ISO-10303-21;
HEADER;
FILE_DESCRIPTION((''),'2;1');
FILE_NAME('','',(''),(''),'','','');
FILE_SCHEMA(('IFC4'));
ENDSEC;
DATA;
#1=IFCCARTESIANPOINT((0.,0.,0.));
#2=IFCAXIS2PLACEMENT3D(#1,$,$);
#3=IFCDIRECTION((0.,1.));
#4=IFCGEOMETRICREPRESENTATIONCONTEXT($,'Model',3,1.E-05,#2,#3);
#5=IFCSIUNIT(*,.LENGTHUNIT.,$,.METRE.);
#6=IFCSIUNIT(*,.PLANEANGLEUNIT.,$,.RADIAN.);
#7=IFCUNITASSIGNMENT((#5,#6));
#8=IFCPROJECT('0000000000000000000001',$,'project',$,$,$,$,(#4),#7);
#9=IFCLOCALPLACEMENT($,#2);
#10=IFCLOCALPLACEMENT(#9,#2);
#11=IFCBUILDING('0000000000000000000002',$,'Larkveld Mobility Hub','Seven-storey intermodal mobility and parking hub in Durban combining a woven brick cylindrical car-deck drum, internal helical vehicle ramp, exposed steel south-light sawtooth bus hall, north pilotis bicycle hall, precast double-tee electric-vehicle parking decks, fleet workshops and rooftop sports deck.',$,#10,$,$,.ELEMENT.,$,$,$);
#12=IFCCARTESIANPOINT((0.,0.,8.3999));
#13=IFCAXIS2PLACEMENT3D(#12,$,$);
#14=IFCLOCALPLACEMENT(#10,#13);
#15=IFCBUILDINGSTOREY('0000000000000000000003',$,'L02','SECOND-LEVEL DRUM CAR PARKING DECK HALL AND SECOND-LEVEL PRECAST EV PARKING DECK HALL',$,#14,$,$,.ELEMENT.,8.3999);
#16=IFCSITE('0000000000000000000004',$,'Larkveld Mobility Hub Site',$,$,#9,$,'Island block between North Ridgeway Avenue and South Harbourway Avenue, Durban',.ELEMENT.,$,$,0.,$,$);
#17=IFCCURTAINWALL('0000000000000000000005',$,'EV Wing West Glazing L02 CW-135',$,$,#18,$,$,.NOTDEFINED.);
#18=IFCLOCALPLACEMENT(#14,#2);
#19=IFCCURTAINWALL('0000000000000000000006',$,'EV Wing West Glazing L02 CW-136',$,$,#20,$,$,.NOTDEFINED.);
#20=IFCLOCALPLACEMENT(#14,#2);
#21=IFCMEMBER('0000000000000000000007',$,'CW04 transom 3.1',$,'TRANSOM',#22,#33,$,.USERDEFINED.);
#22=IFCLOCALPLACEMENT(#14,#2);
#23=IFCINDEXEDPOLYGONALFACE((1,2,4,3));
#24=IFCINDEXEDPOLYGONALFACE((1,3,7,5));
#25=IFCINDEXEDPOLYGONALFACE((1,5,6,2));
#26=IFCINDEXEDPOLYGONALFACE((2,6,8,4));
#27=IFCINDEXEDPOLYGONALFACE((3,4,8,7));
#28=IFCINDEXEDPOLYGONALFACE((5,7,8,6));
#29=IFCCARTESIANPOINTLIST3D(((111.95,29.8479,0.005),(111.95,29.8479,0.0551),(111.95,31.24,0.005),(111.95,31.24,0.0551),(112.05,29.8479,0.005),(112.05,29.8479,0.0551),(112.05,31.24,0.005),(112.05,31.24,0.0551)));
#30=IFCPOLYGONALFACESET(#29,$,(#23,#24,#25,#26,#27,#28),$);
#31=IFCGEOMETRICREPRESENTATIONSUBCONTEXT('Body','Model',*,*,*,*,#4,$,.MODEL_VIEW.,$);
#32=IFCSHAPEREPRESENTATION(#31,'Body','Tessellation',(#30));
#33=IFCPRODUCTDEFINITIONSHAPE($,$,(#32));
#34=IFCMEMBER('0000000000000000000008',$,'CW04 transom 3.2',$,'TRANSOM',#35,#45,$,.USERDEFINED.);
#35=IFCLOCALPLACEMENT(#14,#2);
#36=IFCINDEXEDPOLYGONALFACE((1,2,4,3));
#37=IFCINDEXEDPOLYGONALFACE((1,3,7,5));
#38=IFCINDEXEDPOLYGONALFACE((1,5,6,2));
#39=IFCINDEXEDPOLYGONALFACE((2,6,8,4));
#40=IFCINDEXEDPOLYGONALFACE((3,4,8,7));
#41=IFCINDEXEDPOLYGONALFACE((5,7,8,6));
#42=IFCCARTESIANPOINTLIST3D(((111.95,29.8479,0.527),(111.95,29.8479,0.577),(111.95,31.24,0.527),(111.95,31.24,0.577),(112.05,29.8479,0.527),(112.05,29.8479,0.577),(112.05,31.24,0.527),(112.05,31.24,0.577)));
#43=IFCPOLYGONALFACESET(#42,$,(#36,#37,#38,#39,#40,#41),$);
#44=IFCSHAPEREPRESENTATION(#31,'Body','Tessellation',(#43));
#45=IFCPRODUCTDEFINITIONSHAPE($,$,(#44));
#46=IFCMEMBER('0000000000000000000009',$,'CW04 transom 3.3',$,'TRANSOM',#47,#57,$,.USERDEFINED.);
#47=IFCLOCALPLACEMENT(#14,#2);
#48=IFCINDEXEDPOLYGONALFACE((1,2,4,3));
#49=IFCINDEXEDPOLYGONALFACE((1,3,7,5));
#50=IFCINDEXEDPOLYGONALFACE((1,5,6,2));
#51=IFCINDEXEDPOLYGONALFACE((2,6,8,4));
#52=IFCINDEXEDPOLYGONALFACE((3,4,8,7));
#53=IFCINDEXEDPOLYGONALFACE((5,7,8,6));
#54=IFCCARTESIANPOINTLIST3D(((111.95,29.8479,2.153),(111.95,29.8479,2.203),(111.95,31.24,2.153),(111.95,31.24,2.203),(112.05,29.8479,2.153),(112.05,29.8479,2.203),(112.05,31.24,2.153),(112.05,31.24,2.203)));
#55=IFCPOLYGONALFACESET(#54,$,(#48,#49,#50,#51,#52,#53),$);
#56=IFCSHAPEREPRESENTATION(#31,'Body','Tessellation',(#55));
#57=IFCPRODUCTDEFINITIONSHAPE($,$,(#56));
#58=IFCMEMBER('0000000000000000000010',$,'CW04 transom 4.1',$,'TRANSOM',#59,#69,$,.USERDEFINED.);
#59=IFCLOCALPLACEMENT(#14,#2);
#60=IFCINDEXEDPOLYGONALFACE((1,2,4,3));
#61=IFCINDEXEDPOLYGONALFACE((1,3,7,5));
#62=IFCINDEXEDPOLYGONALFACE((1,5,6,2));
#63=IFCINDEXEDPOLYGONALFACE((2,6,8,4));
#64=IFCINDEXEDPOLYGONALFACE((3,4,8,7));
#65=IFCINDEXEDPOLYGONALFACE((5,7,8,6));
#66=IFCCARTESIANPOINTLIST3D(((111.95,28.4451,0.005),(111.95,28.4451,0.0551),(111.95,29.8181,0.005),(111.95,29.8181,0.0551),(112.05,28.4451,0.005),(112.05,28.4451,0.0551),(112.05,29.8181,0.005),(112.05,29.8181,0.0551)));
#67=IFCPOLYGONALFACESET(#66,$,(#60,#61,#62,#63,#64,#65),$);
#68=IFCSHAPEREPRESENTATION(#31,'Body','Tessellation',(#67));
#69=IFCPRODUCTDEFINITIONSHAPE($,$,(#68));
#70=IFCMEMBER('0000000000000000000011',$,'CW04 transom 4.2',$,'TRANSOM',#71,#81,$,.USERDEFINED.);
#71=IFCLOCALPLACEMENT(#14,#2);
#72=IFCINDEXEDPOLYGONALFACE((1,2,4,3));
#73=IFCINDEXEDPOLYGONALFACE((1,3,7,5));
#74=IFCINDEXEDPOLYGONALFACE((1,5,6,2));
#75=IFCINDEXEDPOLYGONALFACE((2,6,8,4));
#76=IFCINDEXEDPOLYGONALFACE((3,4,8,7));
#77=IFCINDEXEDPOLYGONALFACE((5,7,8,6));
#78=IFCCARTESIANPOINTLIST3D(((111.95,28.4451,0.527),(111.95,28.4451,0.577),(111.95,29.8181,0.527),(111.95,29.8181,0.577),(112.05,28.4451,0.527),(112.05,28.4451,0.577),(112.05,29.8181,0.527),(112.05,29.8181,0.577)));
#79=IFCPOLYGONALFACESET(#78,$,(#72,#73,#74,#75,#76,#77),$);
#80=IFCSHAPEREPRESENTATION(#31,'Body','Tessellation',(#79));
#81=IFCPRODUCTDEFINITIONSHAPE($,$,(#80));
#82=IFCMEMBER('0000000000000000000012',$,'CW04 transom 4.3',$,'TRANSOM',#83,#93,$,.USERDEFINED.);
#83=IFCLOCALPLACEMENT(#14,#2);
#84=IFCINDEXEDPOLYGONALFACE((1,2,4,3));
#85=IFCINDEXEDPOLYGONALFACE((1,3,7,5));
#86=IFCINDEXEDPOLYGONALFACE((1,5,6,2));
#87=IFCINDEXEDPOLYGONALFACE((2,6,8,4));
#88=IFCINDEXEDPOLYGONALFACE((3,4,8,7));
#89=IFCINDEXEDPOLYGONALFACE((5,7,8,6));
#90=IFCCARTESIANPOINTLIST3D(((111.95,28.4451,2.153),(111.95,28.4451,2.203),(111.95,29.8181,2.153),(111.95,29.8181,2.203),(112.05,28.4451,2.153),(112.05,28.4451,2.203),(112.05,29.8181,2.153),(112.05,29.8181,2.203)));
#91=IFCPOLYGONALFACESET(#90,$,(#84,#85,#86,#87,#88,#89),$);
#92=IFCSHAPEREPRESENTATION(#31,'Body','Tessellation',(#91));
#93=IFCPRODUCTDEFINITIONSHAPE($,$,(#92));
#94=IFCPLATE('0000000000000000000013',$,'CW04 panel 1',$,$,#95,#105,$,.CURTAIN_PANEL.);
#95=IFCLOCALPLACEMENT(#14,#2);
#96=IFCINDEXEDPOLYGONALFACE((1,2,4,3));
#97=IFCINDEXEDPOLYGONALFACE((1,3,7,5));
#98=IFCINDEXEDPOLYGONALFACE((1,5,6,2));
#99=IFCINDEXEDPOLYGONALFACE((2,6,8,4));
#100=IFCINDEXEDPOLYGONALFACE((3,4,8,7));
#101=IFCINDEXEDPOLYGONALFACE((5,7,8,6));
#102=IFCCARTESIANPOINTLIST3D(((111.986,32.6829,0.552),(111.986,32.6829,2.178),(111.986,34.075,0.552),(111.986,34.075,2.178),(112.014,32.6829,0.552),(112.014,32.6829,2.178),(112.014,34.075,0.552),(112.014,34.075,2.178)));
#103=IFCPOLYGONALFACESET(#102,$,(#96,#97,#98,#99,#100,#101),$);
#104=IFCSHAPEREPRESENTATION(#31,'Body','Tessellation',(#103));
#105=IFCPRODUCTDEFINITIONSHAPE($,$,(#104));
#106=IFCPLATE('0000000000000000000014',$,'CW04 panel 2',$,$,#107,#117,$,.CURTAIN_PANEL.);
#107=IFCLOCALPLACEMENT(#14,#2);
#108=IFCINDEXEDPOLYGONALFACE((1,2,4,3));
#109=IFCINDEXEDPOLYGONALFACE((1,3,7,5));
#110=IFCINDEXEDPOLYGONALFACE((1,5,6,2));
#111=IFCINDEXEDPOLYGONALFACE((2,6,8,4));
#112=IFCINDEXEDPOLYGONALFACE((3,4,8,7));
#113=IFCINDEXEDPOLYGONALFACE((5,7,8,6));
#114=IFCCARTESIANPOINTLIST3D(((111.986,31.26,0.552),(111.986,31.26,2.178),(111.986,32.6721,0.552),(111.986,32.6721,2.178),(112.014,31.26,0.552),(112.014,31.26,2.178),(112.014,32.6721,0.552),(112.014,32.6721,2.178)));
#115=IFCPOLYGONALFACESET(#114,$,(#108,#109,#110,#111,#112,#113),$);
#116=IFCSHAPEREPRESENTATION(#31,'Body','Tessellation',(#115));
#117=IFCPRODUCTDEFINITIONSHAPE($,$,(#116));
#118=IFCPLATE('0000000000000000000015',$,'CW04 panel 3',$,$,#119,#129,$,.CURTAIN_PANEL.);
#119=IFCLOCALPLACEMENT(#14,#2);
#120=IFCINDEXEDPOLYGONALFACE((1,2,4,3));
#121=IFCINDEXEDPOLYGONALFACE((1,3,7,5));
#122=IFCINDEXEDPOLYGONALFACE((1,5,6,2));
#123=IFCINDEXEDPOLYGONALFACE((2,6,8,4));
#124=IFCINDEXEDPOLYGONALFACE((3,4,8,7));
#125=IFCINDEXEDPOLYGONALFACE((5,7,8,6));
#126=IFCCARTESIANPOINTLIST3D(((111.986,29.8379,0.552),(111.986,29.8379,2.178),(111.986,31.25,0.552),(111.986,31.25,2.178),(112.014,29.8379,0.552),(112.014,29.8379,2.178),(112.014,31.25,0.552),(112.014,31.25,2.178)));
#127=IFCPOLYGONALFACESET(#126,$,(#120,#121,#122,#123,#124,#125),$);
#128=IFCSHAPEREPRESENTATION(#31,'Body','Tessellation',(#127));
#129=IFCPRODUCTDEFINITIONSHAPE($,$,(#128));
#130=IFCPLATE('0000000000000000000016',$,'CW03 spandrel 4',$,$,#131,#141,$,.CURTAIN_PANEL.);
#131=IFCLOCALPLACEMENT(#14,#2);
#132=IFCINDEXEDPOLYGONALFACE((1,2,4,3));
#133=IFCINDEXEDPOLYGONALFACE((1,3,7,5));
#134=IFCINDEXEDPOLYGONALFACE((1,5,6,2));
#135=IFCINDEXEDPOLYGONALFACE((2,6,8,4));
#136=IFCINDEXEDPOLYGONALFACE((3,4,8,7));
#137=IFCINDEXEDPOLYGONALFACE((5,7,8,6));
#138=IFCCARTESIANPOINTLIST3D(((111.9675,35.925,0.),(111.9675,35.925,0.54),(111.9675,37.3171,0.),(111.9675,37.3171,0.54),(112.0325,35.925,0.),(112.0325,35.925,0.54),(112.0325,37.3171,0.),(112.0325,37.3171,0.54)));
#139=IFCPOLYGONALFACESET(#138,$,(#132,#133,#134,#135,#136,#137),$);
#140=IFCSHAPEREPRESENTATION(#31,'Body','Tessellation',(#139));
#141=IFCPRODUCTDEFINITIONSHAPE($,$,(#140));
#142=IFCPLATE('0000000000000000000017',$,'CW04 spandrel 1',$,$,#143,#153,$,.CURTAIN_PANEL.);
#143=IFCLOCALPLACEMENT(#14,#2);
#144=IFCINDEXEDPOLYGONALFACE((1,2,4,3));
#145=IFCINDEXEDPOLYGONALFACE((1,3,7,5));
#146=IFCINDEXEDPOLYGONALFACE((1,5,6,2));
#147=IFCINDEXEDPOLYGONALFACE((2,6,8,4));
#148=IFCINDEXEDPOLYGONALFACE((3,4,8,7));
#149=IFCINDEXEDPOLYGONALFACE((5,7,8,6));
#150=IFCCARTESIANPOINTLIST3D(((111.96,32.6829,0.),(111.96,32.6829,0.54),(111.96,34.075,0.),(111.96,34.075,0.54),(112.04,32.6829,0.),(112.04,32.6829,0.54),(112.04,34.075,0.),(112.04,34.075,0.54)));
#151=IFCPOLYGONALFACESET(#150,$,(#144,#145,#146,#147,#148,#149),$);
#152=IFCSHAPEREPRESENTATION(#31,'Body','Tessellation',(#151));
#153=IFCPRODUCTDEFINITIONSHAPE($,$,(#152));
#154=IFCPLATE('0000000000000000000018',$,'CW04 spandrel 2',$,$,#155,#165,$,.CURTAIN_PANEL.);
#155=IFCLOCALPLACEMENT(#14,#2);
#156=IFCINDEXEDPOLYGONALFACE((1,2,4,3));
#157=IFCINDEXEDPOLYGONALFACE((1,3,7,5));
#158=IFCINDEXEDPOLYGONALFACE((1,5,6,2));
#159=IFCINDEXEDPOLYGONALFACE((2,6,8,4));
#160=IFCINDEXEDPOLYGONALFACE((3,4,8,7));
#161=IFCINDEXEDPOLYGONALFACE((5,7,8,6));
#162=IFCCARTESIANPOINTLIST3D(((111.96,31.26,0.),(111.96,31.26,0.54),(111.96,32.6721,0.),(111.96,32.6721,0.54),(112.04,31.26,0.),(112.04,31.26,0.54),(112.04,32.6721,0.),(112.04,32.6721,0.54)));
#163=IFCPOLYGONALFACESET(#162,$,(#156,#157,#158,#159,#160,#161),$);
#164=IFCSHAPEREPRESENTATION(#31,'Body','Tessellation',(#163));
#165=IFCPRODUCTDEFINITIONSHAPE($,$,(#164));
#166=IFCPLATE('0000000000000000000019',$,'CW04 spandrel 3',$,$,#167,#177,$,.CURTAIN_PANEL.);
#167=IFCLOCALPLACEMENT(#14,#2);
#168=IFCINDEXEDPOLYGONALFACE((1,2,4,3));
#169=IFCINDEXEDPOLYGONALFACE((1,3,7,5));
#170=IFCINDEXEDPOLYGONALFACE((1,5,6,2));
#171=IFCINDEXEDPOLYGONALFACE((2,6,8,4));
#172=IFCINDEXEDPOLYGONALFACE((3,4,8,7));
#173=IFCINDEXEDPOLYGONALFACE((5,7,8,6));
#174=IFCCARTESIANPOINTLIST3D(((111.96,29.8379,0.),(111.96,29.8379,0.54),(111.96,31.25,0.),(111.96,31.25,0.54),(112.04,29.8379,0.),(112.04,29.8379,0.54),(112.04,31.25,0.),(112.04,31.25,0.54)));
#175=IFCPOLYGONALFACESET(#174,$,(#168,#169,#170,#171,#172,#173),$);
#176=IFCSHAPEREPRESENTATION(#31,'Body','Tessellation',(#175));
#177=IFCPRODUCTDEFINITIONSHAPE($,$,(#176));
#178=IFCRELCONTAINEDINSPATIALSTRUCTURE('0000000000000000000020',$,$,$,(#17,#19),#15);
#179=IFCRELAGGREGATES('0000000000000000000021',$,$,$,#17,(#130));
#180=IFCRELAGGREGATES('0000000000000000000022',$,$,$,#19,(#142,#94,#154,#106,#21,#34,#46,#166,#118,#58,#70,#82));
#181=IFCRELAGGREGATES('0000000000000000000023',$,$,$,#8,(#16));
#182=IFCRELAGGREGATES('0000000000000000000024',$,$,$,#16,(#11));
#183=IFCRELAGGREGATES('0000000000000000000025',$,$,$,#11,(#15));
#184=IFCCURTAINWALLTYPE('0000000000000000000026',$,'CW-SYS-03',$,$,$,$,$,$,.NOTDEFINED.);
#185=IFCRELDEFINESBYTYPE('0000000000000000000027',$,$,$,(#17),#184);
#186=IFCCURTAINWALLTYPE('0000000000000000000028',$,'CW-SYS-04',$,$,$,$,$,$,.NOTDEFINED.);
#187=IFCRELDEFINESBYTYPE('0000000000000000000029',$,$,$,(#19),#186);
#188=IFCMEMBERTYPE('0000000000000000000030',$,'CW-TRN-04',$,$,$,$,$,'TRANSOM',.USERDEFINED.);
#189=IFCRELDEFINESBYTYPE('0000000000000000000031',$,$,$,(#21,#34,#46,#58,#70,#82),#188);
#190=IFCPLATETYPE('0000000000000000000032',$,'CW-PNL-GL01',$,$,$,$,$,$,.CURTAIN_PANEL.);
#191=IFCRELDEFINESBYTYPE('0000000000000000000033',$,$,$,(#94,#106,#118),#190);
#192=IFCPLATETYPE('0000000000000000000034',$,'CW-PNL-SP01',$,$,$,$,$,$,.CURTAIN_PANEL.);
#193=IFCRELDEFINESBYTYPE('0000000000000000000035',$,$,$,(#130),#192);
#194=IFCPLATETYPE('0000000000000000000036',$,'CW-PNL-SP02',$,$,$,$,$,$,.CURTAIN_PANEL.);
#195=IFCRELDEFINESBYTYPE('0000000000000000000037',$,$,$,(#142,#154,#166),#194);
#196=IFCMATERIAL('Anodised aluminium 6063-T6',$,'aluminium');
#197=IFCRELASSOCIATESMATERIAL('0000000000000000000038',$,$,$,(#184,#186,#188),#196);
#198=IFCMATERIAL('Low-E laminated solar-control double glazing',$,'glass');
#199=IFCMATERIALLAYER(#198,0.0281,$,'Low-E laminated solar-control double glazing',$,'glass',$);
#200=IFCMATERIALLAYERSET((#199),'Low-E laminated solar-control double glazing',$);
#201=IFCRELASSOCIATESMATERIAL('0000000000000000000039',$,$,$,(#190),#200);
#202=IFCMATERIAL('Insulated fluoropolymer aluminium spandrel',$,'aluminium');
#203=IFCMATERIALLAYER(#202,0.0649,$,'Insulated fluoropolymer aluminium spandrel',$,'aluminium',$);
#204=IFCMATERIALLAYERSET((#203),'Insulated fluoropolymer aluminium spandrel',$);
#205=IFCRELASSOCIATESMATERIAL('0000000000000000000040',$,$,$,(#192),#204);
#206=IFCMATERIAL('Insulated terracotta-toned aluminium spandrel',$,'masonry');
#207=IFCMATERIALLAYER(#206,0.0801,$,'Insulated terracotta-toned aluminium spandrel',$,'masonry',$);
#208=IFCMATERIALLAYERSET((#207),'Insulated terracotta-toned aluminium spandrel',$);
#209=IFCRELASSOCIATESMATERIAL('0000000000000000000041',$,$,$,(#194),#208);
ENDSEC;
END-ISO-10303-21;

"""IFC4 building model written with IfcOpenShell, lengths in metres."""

from ifc_helpers import new_model, si_unit, direction, frame, origin, origin_2d, place, context, subcontext, project, spatial, rectangle, extrude, material, layer, layer_set, material_profile, profile_set, type_object, element, aggregate, save


model = new_model("IFC4")

# Units and contexts
model_context = context("Model", 3, precision=1e-05, world=origin(), true_north=direction((0.0, 1.0)))
body_context = subcontext(model_context, "Body", "Model", "MODEL_VIEW")
ifc_project = project(units=[si_unit("LENGTHUNIT", "METRE"), si_unit("PLANEANGLEUNIT", "RADIAN")], contexts=[model_context])

# Site, building, storey
site_placement = place(None, origin())
site = spatial("IfcSite", under=ifc_project, at=site_placement, Name="Larkveld Mobility Hub Site", LongName="Island block between North Ridgeway Avenue and South Harbourway Avenue, Durban", CompositionType="ELEMENT", RefElevation=0.0)
building_placement = place(site_placement, origin())
building = spatial("IfcBuilding", under=site, at=building_placement, Name="Larkveld Mobility Hub", Description="Seven-storey intermodal mobility and parking hub in Durban combining a woven brick cylindrical car-deck drum, internal helical vehicle ramp, exposed steel south-light sawtooth bus hall, north pilotis bicycle hall, precast double-tee electric-vehicle parking decks, fleet workshops and rooftop sports deck.", CompositionType="ELEMENT")
storey_placement = place(building_placement, frame((0.0, 0.0, 8.3999)))
storey = spatial("IfcBuildingStorey", under=building, at=storey_placement, Name="L02", Description="SECOND-LEVEL DRUM CAR PARKING DECK HALL AND SECOND-LEVEL PRECAST EV PARKING DECK HALL", CompositionType="ELEMENT", Elevation=8.3999)

# Curtain wall
ifc_material_1 = material(Name="Anodised aluminium 6063-T6", Category="aluminium")
curtain_wall_type_1 = type_object("IfcCurtainWallType", Name="CW-SYS-03", PredefinedType="NOTDEFINED", material=ifc_material_1)
curtain_wall_1_placement = place(storey_placement, origin())
curtain_wall_1 = element("IfcCurtainWall", 1, at=curtain_wall_1_placement, inside=storey, type_object=curtain_wall_type_1, Name="EV Wing West Glazing L02 CW-135", PredefinedType="NOTDEFINED")

# Curtain wall, members, plates
curtain_wall_type_2 = type_object("IfcCurtainWallType", Name="CW-SYS-04", PredefinedType="NOTDEFINED", material=ifc_material_1)
curtain_wall_2_placement = place(storey_placement, origin())
curtain_wall_2 = element("IfcCurtainWall", 2, at=curtain_wall_2_placement, inside=storey, type_object=curtain_wall_type_2, Name="EV Wing West Glazing L02 CW-136", PredefinedType="NOTDEFINED")
ifc_material_profile_1 = material_profile(ifc_material_1, rectangle(XDim=0.1001, YDim=0.05, at=origin_2d()), Name="ALU TRAN 50x100")
ifc_profile_set_1 = profile_set([ifc_material_profile_1], Name="Anodised aluminium 6063-T6")
member_type_1 = type_object("IfcMemberType", Name="CW-TRN-04", ElementType="TRANSOM", PredefinedType="USERDEFINED", material=ifc_profile_set_1)
member_1_placement = place(storey_placement, frame((112.0, 31.24, 0.03), z_axis=(0.0, -1.0, 0.0), x_axis=(1.0, 0.0, 0.0)))
member_1 = element("IfcMember", 3, at=member_1_placement, type_object=member_type_1, Name="CW04 transom 3.1", ObjectType="TRANSOM", PredefinedType="USERDEFINED", context=body_context, shape_type="SweptSolid", body=[
    extrude(rectangle(XDim=0.1001, YDim=0.05, at=origin_2d()), origin(), (0.0, 0.0, 1.0), 1.3921),
])
member_2_placement = place(storey_placement, frame((112.0, 31.24, 0.552), z_axis=(0.0, -1.0, 0.0), x_axis=(1.0, 0.0, 0.0)))
member_2 = element("IfcMember", 4, at=member_2_placement, type_object=member_type_1, Name="CW04 transom 3.2", ObjectType="TRANSOM", PredefinedType="USERDEFINED", context=body_context, shape_type="SweptSolid", body=[
    extrude(rectangle(XDim=0.1001, YDim=0.05, at=origin_2d()), origin(), (0.0, 0.0, 1.0), 1.3921),
])
member_3_placement = place(storey_placement, frame((112.0, 31.24, 2.178), z_axis=(0.0, -1.0, 0.0), x_axis=(1.0, 0.0, 0.0)))
member_3 = element("IfcMember", 5, at=member_3_placement, type_object=member_type_1, Name="CW04 transom 3.3", ObjectType="TRANSOM", PredefinedType="USERDEFINED", context=body_context, shape_type="SweptSolid", body=[
    extrude(rectangle(XDim=0.1001, YDim=0.05, at=origin_2d()), origin(), (0.0, 0.0, 1.0), 1.3921),
])
member_4_placement = place(storey_placement, frame((112.0, 29.8181, 0.03), z_axis=(0.0, -1.0, 0.0), x_axis=(1.0, 0.0, 0.0)))
member_4 = element("IfcMember", 6, at=member_4_placement, type_object=member_type_1, Name="CW04 transom 4.1", ObjectType="TRANSOM", PredefinedType="USERDEFINED", context=body_context, shape_type="SweptSolid", body=[
    extrude(rectangle(XDim=0.1001, YDim=0.05, at=origin_2d()), origin(), (0.0, 0.0, 1.0), 1.373),
])
member_5_placement = place(storey_placement, frame((112.0, 29.8181, 0.552), z_axis=(0.0, -1.0, 0.0), x_axis=(1.0, 0.0, 0.0)))
member_5 = element("IfcMember", 7, at=member_5_placement, type_object=member_type_1, Name="CW04 transom 4.2", ObjectType="TRANSOM", PredefinedType="USERDEFINED", context=body_context, shape_type="SweptSolid", body=[
    extrude(rectangle(XDim=0.1001, YDim=0.05, at=origin_2d()), origin(), (0.0, 0.0, 1.0), 1.373),
])
member_6_placement = place(storey_placement, frame((112.0, 29.8181, 2.178), z_axis=(0.0, -1.0, 0.0), x_axis=(1.0, 0.0, 0.0)))
member_6 = element("IfcMember", 8, at=member_6_placement, type_object=member_type_1, Name="CW04 transom 4.3", ObjectType="TRANSOM", PredefinedType="USERDEFINED", context=body_context, shape_type="SweptSolid", body=[
    extrude(rectangle(XDim=0.1001, YDim=0.05, at=origin_2d()), origin(), (0.0, 0.0, 1.0), 1.373),
])
ifc_material_2 = material(Name="Low-E laminated solar-control double glazing", Category="glass")
ifc_layer_1 = layer(ifc_material_2, 0.0281, Name="Low-E laminated solar-control double glazing", Category="glass")
ifc_layer_set_1 = layer_set([ifc_layer_1], Name="Low-E laminated solar-control double glazing")
plate_type_1 = type_object("IfcPlateType", Name="CW-PNL-GL01", PredefinedType="CURTAIN_PANEL", material=ifc_layer_set_1)
plate_1_placement = place(storey_placement, frame((112.0, 33.3789, 0.552), z_axis=(0.0, 0.0, 1.0), x_axis=(0.0, -1.0, 0.0)))
plate_1 = element("IfcPlate", 9, at=plate_1_placement, type_object=plate_type_1, Name="CW04 panel 1", PredefinedType="CURTAIN_PANEL", context=body_context, shape_type="SweptSolid", body=[
    extrude(rectangle(XDim=1.3921, YDim=0.0281, at=origin_2d()), origin(), (0.0, 0.0, 1.0), 1.626),
])
plate_2_placement = place(storey_placement, frame((112.0, 31.9661, 0.552), z_axis=(0.0, 0.0, 1.0), x_axis=(0.0, -1.0, 0.0)))
plate_2 = element("IfcPlate", 10, at=plate_2_placement, type_object=plate_type_1, Name="CW04 panel 2", PredefinedType="CURTAIN_PANEL", context=body_context, shape_type="SweptSolid", body=[
    extrude(rectangle(XDim=1.4121, YDim=0.0281, at=origin_2d()), origin(), (0.0, 0.0, 1.0), 1.626),
])
plate_3_placement = place(storey_placement, frame((112.0, 30.5439, 0.552), z_axis=(0.0, 0.0, 1.0), x_axis=(0.0, -1.0, 0.0)))
plate_3 = element("IfcPlate", 11, at=plate_3_placement, type_object=plate_type_1, Name="CW04 panel 3", PredefinedType="CURTAIN_PANEL", context=body_context, shape_type="SweptSolid", body=[
    extrude(rectangle(XDim=1.4121, YDim=0.0281, at=origin_2d()), origin(), (0.0, 0.0, 1.0), 1.626),
])

# Plates
ifc_material_3 = material(Name="Insulated fluoropolymer aluminium spandrel", Category="aluminium")
ifc_layer_2 = layer(ifc_material_3, 0.0649, Name="Insulated fluoropolymer aluminium spandrel", Category="aluminium")
ifc_layer_set_2 = layer_set([ifc_layer_2], Name="Insulated fluoropolymer aluminium spandrel")
plate_type_2 = type_object("IfcPlateType", Name="CW-PNL-SP01", PredefinedType="CURTAIN_PANEL", material=ifc_layer_set_2)
plate_4_placement = place(storey_placement, frame((112.0, 36.6211, 0.0), z_axis=(0.0, 0.0, 1.0), x_axis=(0.0, -1.0, 0.0)))
plate_4 = element("IfcPlate", 12, at=plate_4_placement, type_object=plate_type_2, Name="CW03 spandrel 4", PredefinedType="CURTAIN_PANEL", context=body_context, shape_type="SweptSolid", body=[
    extrude(rectangle(XDim=1.3921, YDim=0.0649, at=origin_2d()), origin(), (0.0, 0.0, 1.0), 0.54),
])
aggregate(curtain_wall_1, [plate_4])
ifc_material_4 = material(Name="Insulated terracotta-toned aluminium spandrel", Category="masonry")
ifc_layer_3 = layer(ifc_material_4, 0.0801, Name="Insulated terracotta-toned aluminium spandrel", Category="masonry")
ifc_layer_set_3 = layer_set([ifc_layer_3], Name="Insulated terracotta-toned aluminium spandrel")
plate_type_3 = type_object("IfcPlateType", Name="CW-PNL-SP02", PredefinedType="CURTAIN_PANEL", material=ifc_layer_set_3)
plate_5_placement = place(storey_placement, frame((112.0, 33.3789, 0.0), z_axis=(0.0, 0.0, 1.0), x_axis=(0.0, -1.0, 0.0)))
plate_5 = element("IfcPlate", 13, at=plate_5_placement, type_object=plate_type_3, Name="CW04 spandrel 1", PredefinedType="CURTAIN_PANEL", context=body_context, shape_type="SweptSolid", body=[
    extrude(rectangle(XDim=1.3921, YDim=0.0801, at=origin_2d()), origin(), (0.0, 0.0, 1.0), 0.54),
])
plate_6_placement = place(storey_placement, frame((112.0, 31.9661, 0.0), z_axis=(0.0, 0.0, 1.0), x_axis=(0.0, -1.0, 0.0)))
plate_6 = element("IfcPlate", 14, at=plate_6_placement, type_object=plate_type_3, Name="CW04 spandrel 2", PredefinedType="CURTAIN_PANEL", context=body_context, shape_type="SweptSolid", body=[
    extrude(rectangle(XDim=1.4121, YDim=0.0801, at=origin_2d()), origin(), (0.0, 0.0, 1.0), 0.54),
])
plate_7_placement = place(storey_placement, frame((112.0, 30.5439, 0.0), z_axis=(0.0, 0.0, 1.0), x_axis=(0.0, -1.0, 0.0)))
plate_7 = element("IfcPlate", 15, at=plate_7_placement, type_object=plate_type_3, Name="CW04 spandrel 3", PredefinedType="CURTAIN_PANEL", context=body_context, shape_type="SweptSolid", body=[
    extrude(rectangle(XDim=1.4121, YDim=0.0801, at=origin_2d()), origin(), (0.0, 0.0, 1.0), 0.54),
])
aggregate(curtain_wall_2, [plate_5, plate_1, plate_6, plate_2, member_1, member_2, member_3, plate_7, plate_3, member_4, member_5, member_6])

save(model, "model.ifc")
